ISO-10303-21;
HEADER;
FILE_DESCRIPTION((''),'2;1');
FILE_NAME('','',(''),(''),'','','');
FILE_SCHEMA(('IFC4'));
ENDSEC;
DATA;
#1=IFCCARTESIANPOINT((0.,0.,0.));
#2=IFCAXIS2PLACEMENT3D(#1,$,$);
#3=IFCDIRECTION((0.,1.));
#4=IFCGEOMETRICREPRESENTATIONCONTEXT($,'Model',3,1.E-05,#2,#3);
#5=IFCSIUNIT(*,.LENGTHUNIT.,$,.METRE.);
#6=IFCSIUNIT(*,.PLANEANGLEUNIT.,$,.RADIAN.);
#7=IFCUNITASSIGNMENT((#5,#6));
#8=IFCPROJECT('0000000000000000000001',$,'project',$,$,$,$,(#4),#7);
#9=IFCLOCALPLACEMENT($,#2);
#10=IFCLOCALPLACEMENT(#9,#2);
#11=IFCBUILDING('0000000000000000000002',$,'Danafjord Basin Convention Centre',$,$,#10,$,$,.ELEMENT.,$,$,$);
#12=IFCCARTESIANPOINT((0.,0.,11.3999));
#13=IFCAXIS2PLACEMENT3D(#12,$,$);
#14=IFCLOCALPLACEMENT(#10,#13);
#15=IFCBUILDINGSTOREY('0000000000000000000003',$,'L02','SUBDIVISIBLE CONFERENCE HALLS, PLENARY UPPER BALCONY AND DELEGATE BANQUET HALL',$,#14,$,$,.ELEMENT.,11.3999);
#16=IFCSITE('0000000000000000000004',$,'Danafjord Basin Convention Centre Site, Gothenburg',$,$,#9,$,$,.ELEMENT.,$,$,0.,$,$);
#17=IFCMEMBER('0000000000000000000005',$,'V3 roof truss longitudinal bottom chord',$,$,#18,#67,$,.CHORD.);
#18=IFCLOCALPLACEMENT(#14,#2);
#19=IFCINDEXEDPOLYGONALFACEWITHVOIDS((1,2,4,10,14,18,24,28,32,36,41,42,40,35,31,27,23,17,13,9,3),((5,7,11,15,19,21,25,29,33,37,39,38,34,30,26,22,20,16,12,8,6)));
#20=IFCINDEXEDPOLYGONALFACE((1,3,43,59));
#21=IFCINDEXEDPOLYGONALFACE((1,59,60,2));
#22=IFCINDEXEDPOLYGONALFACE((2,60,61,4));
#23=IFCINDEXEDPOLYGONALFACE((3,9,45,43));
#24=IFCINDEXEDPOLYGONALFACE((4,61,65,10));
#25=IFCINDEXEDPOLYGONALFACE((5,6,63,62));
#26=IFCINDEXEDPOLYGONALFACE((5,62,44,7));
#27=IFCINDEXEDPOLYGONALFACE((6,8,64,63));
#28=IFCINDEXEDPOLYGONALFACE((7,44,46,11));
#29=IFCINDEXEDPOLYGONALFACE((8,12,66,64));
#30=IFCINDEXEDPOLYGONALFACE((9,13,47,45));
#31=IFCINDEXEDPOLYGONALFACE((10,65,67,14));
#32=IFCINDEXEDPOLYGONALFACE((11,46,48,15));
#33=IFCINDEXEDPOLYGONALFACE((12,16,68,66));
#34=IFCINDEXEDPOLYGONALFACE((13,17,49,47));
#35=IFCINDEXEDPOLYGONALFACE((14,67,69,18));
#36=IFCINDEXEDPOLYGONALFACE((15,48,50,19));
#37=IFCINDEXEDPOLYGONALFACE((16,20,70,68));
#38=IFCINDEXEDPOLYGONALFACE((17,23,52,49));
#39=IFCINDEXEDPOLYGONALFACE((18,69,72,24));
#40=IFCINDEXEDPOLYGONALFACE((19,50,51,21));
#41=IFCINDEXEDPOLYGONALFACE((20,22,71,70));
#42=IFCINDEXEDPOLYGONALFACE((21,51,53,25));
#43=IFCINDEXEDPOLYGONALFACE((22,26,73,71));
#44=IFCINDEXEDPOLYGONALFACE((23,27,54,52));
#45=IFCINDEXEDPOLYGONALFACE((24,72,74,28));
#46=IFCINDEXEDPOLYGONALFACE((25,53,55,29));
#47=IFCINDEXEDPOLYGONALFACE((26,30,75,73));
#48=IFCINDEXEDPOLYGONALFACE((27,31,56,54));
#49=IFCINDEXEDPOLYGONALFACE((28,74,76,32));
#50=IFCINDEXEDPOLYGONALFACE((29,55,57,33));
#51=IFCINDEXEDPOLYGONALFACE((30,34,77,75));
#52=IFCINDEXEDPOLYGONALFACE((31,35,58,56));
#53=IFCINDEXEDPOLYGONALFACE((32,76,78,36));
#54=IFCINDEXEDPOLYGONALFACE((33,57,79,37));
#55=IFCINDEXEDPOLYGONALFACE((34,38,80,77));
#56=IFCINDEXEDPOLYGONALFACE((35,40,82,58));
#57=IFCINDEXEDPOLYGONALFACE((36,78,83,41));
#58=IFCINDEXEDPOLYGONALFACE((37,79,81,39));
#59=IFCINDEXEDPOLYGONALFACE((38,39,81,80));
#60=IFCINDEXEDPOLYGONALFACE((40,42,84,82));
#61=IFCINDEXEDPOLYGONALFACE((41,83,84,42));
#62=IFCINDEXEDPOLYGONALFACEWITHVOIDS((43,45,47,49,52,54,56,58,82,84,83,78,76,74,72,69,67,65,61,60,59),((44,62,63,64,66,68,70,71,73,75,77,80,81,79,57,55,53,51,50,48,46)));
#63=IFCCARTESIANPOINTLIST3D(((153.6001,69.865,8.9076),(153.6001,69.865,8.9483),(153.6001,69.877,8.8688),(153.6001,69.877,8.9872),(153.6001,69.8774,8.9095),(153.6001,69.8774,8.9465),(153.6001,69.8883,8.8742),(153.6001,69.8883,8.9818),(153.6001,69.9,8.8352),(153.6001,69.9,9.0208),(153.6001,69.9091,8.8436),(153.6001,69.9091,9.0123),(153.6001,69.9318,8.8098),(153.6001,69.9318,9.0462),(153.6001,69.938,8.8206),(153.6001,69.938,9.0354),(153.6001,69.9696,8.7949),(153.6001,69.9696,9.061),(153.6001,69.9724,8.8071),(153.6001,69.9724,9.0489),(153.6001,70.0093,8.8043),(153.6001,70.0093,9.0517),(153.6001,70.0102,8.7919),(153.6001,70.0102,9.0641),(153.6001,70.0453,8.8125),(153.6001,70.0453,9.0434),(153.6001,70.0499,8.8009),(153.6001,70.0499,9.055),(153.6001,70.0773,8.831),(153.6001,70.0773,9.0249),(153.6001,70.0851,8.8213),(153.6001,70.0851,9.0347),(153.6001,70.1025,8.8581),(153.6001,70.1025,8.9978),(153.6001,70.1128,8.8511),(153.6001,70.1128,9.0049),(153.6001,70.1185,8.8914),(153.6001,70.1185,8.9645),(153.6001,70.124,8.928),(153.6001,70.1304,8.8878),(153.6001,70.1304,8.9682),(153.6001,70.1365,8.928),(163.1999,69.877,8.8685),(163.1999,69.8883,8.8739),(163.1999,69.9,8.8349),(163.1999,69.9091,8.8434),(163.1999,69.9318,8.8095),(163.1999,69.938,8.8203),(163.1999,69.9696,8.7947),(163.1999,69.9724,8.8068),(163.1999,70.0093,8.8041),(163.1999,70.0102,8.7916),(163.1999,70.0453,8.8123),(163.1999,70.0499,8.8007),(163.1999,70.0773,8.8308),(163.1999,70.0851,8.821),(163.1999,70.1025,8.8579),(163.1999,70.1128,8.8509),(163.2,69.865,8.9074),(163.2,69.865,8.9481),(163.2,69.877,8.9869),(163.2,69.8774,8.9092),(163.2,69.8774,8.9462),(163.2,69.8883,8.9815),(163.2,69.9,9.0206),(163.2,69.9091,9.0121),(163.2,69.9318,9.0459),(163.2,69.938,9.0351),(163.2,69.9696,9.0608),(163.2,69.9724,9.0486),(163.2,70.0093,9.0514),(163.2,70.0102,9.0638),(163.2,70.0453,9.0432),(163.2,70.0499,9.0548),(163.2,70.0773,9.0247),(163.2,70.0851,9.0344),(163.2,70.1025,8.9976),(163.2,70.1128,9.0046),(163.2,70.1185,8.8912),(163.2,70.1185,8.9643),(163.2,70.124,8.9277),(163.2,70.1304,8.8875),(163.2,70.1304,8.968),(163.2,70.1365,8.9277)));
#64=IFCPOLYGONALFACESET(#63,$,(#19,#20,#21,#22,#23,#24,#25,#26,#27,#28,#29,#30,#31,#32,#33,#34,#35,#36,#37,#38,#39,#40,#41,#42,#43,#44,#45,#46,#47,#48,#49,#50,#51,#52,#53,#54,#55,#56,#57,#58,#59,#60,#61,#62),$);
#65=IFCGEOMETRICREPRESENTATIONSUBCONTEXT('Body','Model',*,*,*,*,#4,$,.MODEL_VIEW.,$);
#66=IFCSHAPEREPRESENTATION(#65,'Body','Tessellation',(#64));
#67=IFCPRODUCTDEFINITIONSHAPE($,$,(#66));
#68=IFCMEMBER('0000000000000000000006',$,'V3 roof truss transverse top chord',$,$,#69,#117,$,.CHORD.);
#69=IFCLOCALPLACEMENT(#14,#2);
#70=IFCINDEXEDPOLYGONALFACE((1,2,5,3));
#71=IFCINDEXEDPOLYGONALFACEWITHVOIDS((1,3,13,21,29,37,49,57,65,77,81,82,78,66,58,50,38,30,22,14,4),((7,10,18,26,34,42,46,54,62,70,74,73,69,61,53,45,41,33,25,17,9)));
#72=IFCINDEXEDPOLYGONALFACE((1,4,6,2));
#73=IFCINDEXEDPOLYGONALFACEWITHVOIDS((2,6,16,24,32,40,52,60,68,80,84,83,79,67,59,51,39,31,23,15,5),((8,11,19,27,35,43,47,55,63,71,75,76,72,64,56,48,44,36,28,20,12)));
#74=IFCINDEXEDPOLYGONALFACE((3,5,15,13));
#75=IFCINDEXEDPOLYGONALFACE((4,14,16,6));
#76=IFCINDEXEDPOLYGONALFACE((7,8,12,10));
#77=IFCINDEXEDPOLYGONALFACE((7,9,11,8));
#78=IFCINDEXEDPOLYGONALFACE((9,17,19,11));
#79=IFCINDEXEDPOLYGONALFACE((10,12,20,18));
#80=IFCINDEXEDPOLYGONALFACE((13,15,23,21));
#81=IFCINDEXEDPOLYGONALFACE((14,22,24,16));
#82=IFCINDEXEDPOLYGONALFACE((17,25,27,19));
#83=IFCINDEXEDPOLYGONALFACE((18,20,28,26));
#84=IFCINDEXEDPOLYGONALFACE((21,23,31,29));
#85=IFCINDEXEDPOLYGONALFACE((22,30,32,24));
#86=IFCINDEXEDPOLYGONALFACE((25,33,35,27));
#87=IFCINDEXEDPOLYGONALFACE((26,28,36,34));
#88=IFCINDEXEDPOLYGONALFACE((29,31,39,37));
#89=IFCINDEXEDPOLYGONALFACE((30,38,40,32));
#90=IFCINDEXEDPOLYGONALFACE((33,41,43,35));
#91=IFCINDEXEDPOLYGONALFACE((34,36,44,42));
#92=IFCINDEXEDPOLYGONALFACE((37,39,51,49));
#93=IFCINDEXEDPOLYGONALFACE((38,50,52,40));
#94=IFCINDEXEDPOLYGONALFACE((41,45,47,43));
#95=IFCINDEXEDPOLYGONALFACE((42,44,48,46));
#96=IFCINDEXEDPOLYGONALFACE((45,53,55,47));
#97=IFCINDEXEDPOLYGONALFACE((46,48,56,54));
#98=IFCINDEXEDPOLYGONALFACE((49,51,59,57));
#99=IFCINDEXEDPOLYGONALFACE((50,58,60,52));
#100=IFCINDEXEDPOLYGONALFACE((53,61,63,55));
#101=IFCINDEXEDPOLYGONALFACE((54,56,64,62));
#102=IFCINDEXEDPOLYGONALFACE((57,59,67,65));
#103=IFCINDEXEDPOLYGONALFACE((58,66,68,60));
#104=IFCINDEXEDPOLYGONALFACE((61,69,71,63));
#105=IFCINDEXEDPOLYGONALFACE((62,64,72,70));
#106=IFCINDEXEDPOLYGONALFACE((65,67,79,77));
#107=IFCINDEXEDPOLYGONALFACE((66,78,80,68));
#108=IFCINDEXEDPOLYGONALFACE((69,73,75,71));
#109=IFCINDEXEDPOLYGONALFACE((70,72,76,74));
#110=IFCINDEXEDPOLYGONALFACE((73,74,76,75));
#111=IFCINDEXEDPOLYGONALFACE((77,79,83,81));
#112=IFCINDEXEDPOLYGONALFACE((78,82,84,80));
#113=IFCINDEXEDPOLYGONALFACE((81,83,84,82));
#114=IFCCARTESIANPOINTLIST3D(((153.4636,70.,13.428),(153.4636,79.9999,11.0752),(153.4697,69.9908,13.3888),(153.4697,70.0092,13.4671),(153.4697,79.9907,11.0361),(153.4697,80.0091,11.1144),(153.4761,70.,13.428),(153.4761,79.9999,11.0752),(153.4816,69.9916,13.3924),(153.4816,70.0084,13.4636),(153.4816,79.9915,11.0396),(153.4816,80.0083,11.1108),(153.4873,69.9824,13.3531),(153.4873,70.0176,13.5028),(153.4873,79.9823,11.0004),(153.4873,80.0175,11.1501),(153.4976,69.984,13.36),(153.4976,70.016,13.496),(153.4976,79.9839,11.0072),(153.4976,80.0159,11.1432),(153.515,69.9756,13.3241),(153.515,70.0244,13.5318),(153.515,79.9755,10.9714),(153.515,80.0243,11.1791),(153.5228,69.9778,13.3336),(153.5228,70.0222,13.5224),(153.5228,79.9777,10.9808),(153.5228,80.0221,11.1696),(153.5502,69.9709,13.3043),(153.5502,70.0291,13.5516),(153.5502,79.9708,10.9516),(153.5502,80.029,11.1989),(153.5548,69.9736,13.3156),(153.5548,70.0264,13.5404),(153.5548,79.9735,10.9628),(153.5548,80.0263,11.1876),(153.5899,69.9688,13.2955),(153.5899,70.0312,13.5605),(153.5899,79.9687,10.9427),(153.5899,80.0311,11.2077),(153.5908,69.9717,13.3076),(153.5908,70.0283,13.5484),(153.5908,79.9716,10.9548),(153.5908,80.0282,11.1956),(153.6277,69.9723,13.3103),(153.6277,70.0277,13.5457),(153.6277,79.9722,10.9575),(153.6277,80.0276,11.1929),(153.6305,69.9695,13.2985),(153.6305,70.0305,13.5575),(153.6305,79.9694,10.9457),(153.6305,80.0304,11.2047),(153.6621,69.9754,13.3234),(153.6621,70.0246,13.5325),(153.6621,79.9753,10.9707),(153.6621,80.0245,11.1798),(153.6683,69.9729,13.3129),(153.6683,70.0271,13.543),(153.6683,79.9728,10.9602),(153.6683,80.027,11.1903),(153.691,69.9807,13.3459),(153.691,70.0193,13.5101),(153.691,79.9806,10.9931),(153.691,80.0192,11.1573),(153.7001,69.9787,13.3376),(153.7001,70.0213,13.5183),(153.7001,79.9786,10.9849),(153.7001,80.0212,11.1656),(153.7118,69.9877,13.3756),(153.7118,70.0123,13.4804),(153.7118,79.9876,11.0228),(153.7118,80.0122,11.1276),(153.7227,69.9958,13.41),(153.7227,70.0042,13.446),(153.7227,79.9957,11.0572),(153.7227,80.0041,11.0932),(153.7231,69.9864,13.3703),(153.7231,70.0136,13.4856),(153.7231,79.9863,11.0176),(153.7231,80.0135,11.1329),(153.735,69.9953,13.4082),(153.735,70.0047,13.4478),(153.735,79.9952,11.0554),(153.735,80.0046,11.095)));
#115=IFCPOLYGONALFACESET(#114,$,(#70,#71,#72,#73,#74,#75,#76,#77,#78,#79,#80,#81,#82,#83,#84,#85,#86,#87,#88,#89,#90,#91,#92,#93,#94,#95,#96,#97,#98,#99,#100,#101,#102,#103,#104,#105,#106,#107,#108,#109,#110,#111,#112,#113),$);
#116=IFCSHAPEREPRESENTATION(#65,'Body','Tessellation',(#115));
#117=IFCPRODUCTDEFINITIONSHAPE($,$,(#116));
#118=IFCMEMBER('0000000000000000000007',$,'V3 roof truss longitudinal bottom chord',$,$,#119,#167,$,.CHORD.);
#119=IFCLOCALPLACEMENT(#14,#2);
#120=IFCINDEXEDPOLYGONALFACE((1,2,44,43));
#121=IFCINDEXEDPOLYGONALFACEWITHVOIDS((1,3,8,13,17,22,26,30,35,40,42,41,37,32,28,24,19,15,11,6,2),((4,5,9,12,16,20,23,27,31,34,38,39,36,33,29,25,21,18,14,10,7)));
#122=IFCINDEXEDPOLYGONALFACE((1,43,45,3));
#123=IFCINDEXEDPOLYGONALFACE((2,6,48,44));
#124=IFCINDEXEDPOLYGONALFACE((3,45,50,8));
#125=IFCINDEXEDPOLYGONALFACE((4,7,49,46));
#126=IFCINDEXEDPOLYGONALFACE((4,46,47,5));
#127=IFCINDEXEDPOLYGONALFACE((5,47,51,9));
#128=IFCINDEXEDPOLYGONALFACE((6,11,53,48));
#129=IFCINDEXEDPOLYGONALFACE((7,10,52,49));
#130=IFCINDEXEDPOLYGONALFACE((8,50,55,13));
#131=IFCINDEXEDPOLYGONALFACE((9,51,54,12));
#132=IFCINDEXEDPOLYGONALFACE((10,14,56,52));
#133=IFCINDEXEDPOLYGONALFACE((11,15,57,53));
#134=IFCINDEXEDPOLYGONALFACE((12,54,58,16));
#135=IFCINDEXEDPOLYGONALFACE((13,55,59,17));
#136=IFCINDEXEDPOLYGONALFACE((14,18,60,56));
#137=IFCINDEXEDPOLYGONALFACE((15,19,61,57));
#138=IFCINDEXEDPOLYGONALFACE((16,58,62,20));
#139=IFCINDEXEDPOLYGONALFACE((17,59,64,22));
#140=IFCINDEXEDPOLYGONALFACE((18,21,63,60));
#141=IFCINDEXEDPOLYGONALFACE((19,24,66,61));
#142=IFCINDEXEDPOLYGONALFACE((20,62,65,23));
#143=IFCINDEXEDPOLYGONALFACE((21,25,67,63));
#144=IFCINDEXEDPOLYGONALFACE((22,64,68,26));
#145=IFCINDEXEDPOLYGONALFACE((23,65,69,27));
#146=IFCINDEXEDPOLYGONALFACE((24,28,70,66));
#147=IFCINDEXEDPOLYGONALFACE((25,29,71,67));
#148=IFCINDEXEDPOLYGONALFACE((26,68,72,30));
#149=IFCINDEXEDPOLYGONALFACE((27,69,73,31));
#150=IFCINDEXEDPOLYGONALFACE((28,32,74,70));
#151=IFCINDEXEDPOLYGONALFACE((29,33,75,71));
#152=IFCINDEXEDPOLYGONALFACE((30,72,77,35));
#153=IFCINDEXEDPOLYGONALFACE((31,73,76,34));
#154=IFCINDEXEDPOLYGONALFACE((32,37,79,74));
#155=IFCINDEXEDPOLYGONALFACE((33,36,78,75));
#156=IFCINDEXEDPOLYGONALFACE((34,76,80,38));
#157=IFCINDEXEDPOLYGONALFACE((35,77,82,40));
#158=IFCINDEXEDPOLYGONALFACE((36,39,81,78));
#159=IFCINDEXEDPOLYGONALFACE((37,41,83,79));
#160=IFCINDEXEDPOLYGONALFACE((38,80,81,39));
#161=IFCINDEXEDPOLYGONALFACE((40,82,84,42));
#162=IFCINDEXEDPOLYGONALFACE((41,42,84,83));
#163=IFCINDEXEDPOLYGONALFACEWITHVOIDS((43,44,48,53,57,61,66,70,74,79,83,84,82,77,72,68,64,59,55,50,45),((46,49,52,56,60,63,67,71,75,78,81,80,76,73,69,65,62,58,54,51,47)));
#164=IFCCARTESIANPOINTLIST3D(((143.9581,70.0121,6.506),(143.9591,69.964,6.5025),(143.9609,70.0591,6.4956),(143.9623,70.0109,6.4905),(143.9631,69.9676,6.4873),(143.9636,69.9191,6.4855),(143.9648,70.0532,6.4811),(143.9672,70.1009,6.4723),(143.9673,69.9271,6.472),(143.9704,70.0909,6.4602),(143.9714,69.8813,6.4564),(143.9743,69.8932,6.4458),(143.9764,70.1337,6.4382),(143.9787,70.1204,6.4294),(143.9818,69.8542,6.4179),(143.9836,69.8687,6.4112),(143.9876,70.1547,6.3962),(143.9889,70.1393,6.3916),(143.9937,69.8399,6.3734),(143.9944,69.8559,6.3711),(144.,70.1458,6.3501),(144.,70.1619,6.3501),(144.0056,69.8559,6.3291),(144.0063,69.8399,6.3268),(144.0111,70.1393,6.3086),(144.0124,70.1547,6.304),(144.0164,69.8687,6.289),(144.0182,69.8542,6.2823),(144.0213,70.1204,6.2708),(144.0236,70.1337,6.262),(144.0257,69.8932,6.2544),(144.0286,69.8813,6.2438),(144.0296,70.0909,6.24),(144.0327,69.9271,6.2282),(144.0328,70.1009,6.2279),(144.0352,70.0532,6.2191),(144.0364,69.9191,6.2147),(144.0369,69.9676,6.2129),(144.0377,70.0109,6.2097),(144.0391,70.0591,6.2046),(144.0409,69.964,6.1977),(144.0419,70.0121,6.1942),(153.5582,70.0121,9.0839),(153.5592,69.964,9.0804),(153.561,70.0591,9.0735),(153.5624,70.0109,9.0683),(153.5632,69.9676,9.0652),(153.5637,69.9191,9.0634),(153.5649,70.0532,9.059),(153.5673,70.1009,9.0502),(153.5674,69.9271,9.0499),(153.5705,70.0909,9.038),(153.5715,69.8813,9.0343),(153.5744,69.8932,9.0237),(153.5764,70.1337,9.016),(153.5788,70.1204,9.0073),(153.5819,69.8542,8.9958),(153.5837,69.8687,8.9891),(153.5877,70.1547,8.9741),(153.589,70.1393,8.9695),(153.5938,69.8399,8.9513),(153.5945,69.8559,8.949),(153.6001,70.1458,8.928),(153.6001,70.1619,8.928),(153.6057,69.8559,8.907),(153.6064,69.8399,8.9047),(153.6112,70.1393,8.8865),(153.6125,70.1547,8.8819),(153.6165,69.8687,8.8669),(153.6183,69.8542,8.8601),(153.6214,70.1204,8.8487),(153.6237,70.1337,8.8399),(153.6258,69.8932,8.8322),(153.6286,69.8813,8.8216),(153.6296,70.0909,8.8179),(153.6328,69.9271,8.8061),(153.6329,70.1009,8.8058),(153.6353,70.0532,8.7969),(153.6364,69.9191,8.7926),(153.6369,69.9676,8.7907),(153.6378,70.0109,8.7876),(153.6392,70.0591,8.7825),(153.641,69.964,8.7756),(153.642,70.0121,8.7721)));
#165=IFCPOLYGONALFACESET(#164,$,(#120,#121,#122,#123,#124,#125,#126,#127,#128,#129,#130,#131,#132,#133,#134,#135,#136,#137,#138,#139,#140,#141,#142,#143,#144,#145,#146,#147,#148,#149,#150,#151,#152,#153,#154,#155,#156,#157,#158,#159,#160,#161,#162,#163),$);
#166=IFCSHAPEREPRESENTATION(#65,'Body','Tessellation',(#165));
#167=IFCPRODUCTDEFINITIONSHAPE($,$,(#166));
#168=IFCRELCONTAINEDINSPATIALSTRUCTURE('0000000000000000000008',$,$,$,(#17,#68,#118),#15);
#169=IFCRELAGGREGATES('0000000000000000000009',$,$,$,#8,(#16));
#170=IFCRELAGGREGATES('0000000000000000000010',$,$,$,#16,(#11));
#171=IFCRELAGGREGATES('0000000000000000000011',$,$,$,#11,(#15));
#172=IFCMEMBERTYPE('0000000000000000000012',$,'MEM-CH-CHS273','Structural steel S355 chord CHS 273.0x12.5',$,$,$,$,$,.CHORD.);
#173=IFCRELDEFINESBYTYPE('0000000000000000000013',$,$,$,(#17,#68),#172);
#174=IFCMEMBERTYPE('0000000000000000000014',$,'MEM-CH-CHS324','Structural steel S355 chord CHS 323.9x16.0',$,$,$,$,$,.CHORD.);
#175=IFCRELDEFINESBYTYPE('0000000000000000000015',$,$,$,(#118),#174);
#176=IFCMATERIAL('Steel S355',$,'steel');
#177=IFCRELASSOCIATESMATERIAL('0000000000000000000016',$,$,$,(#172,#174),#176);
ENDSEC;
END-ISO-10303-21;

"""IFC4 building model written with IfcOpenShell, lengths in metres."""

from ifc_helpers import new_model, si_unit, direction, frame, origin, origin_2d, place, context, subcontext, project, spatial, hollow_circle, extrude, material, material_profile, profile_set, type_object, element, save


model = new_model("IFC4")

# Units and contexts
model_context = context("Model", 3, precision=1e-05, world=origin(), true_north=direction((0.0, 1.0)))
body_context = subcontext(model_context, "Body", "Model", "MODEL_VIEW")
ifc_project = project(units=[si_unit("LENGTHUNIT", "METRE"), si_unit("PLANEANGLEUNIT", "RADIAN")], contexts=[model_context])

# Site, building, storey
site_placement = place(None, origin())
site = spatial("IfcSite", under=ifc_project, at=site_placement, Name="Danafjord Basin Convention Centre Site, Gothenburg", CompositionType="ELEMENT", RefElevation=0.0)
building_placement = place(site_placement, origin())
building = spatial("IfcBuilding", under=site, at=building_placement, Name="Danafjord Basin Convention Centre", CompositionType="ELEMENT")
storey_placement = place(building_placement, frame((0.0, 0.0, 11.3999)))
storey = spatial("IfcBuildingStorey", under=building, at=storey_placement, Name="L02", Description="SUBDIVISIBLE CONFERENCE HALLS, PLENARY UPPER BALCONY AND DELEGATE BANQUET HALL", CompositionType="ELEMENT", Elevation=11.3999)

# Shared definitions
ifc_material = material(Name="Steel S355", Category="steel")

# Members
ifc_material_profile_1 = material_profile(ifc_material, hollow_circle(Radius=0.1365, WallThickness=0.0125, at=origin_2d()), Name="CHS 273.0x12.5")
ifc_profile_set_1 = profile_set([ifc_material_profile_1], Name="Steel S355")
member_type_1 = type_object("IfcMemberType", Name="MEM-CH-CHS273", Description="Structural steel S355 chord CHS 273.0x12.5", PredefinedType="CHORD", material=ifc_profile_set_1)
member_1_placement = place(storey_placement, frame((153.6001, 70.0, 8.928), z_axis=(1.0, 0.0, -0.000025), x_axis=(0.0, 1.0, 0.0)))
element("IfcMember", 1, at=member_1_placement, inside=storey, type_object=member_type_1, Name="V3 roof truss longitudinal bottom chord", PredefinedType="CHORD", context=body_context, shape_type="SweptSolid", body=[
    extrude(hollow_circle(Radius=0.1365, WallThickness=0.0125, at=origin_2d()), origin(), (0.0, 0.0, 1.0), 9.5999),
])
member_2_placement = place(storey_placement, frame((153.6001, 70.0, 13.428), z_axis=(0.0, 0.973421, -0.229025), x_axis=(-1.0, 0.0, 0.0)))
element("IfcMember", 2, at=member_2_placement, inside=storey, type_object=member_type_1, Name="V3 roof truss transverse top chord", PredefinedType="CHORD", context=body_context, shape_type="SweptSolid", body=[
    extrude(hollow_circle(Radius=0.1365, WallThickness=0.0125, at=origin_2d()), origin(), (0.0, 0.0, 1.0), 10.2729),
])
ifc_material_profile_2 = material_profile(ifc_material, hollow_circle(Radius=0.1619, WallThickness=0.0161, at=origin_2d()), Name="CHS 323.9x16.0")
ifc_profile_set_2 = profile_set([ifc_material_profile_2], Name="Steel S355")
member_type_2 = type_object("IfcMemberType", Name="MEM-CH-CHS324", Description="Structural steel S355 chord CHS 323.9x16.0", PredefinedType="CHORD", material=ifc_profile_set_2)
member_3_placement = place(storey_placement, frame((144.0, 70.0, 6.3501), z_axis=(0.965786, 0.0, 0.259339), x_axis=(0.0, 1.0, 0.0)))
element("IfcMember", 3, at=member_3_placement, inside=storey, type_object=member_type_2, Name="V3 roof truss longitudinal bottom chord", PredefinedType="CHORD", context=body_context, shape_type="SweptSolid", body=[
    extrude(hollow_circle(Radius=0.1619, WallThickness=0.0161, at=origin_2d()), origin(), (0.0, 0.0, 1.0), 9.9402),
])

save(model, "model.ifc")
